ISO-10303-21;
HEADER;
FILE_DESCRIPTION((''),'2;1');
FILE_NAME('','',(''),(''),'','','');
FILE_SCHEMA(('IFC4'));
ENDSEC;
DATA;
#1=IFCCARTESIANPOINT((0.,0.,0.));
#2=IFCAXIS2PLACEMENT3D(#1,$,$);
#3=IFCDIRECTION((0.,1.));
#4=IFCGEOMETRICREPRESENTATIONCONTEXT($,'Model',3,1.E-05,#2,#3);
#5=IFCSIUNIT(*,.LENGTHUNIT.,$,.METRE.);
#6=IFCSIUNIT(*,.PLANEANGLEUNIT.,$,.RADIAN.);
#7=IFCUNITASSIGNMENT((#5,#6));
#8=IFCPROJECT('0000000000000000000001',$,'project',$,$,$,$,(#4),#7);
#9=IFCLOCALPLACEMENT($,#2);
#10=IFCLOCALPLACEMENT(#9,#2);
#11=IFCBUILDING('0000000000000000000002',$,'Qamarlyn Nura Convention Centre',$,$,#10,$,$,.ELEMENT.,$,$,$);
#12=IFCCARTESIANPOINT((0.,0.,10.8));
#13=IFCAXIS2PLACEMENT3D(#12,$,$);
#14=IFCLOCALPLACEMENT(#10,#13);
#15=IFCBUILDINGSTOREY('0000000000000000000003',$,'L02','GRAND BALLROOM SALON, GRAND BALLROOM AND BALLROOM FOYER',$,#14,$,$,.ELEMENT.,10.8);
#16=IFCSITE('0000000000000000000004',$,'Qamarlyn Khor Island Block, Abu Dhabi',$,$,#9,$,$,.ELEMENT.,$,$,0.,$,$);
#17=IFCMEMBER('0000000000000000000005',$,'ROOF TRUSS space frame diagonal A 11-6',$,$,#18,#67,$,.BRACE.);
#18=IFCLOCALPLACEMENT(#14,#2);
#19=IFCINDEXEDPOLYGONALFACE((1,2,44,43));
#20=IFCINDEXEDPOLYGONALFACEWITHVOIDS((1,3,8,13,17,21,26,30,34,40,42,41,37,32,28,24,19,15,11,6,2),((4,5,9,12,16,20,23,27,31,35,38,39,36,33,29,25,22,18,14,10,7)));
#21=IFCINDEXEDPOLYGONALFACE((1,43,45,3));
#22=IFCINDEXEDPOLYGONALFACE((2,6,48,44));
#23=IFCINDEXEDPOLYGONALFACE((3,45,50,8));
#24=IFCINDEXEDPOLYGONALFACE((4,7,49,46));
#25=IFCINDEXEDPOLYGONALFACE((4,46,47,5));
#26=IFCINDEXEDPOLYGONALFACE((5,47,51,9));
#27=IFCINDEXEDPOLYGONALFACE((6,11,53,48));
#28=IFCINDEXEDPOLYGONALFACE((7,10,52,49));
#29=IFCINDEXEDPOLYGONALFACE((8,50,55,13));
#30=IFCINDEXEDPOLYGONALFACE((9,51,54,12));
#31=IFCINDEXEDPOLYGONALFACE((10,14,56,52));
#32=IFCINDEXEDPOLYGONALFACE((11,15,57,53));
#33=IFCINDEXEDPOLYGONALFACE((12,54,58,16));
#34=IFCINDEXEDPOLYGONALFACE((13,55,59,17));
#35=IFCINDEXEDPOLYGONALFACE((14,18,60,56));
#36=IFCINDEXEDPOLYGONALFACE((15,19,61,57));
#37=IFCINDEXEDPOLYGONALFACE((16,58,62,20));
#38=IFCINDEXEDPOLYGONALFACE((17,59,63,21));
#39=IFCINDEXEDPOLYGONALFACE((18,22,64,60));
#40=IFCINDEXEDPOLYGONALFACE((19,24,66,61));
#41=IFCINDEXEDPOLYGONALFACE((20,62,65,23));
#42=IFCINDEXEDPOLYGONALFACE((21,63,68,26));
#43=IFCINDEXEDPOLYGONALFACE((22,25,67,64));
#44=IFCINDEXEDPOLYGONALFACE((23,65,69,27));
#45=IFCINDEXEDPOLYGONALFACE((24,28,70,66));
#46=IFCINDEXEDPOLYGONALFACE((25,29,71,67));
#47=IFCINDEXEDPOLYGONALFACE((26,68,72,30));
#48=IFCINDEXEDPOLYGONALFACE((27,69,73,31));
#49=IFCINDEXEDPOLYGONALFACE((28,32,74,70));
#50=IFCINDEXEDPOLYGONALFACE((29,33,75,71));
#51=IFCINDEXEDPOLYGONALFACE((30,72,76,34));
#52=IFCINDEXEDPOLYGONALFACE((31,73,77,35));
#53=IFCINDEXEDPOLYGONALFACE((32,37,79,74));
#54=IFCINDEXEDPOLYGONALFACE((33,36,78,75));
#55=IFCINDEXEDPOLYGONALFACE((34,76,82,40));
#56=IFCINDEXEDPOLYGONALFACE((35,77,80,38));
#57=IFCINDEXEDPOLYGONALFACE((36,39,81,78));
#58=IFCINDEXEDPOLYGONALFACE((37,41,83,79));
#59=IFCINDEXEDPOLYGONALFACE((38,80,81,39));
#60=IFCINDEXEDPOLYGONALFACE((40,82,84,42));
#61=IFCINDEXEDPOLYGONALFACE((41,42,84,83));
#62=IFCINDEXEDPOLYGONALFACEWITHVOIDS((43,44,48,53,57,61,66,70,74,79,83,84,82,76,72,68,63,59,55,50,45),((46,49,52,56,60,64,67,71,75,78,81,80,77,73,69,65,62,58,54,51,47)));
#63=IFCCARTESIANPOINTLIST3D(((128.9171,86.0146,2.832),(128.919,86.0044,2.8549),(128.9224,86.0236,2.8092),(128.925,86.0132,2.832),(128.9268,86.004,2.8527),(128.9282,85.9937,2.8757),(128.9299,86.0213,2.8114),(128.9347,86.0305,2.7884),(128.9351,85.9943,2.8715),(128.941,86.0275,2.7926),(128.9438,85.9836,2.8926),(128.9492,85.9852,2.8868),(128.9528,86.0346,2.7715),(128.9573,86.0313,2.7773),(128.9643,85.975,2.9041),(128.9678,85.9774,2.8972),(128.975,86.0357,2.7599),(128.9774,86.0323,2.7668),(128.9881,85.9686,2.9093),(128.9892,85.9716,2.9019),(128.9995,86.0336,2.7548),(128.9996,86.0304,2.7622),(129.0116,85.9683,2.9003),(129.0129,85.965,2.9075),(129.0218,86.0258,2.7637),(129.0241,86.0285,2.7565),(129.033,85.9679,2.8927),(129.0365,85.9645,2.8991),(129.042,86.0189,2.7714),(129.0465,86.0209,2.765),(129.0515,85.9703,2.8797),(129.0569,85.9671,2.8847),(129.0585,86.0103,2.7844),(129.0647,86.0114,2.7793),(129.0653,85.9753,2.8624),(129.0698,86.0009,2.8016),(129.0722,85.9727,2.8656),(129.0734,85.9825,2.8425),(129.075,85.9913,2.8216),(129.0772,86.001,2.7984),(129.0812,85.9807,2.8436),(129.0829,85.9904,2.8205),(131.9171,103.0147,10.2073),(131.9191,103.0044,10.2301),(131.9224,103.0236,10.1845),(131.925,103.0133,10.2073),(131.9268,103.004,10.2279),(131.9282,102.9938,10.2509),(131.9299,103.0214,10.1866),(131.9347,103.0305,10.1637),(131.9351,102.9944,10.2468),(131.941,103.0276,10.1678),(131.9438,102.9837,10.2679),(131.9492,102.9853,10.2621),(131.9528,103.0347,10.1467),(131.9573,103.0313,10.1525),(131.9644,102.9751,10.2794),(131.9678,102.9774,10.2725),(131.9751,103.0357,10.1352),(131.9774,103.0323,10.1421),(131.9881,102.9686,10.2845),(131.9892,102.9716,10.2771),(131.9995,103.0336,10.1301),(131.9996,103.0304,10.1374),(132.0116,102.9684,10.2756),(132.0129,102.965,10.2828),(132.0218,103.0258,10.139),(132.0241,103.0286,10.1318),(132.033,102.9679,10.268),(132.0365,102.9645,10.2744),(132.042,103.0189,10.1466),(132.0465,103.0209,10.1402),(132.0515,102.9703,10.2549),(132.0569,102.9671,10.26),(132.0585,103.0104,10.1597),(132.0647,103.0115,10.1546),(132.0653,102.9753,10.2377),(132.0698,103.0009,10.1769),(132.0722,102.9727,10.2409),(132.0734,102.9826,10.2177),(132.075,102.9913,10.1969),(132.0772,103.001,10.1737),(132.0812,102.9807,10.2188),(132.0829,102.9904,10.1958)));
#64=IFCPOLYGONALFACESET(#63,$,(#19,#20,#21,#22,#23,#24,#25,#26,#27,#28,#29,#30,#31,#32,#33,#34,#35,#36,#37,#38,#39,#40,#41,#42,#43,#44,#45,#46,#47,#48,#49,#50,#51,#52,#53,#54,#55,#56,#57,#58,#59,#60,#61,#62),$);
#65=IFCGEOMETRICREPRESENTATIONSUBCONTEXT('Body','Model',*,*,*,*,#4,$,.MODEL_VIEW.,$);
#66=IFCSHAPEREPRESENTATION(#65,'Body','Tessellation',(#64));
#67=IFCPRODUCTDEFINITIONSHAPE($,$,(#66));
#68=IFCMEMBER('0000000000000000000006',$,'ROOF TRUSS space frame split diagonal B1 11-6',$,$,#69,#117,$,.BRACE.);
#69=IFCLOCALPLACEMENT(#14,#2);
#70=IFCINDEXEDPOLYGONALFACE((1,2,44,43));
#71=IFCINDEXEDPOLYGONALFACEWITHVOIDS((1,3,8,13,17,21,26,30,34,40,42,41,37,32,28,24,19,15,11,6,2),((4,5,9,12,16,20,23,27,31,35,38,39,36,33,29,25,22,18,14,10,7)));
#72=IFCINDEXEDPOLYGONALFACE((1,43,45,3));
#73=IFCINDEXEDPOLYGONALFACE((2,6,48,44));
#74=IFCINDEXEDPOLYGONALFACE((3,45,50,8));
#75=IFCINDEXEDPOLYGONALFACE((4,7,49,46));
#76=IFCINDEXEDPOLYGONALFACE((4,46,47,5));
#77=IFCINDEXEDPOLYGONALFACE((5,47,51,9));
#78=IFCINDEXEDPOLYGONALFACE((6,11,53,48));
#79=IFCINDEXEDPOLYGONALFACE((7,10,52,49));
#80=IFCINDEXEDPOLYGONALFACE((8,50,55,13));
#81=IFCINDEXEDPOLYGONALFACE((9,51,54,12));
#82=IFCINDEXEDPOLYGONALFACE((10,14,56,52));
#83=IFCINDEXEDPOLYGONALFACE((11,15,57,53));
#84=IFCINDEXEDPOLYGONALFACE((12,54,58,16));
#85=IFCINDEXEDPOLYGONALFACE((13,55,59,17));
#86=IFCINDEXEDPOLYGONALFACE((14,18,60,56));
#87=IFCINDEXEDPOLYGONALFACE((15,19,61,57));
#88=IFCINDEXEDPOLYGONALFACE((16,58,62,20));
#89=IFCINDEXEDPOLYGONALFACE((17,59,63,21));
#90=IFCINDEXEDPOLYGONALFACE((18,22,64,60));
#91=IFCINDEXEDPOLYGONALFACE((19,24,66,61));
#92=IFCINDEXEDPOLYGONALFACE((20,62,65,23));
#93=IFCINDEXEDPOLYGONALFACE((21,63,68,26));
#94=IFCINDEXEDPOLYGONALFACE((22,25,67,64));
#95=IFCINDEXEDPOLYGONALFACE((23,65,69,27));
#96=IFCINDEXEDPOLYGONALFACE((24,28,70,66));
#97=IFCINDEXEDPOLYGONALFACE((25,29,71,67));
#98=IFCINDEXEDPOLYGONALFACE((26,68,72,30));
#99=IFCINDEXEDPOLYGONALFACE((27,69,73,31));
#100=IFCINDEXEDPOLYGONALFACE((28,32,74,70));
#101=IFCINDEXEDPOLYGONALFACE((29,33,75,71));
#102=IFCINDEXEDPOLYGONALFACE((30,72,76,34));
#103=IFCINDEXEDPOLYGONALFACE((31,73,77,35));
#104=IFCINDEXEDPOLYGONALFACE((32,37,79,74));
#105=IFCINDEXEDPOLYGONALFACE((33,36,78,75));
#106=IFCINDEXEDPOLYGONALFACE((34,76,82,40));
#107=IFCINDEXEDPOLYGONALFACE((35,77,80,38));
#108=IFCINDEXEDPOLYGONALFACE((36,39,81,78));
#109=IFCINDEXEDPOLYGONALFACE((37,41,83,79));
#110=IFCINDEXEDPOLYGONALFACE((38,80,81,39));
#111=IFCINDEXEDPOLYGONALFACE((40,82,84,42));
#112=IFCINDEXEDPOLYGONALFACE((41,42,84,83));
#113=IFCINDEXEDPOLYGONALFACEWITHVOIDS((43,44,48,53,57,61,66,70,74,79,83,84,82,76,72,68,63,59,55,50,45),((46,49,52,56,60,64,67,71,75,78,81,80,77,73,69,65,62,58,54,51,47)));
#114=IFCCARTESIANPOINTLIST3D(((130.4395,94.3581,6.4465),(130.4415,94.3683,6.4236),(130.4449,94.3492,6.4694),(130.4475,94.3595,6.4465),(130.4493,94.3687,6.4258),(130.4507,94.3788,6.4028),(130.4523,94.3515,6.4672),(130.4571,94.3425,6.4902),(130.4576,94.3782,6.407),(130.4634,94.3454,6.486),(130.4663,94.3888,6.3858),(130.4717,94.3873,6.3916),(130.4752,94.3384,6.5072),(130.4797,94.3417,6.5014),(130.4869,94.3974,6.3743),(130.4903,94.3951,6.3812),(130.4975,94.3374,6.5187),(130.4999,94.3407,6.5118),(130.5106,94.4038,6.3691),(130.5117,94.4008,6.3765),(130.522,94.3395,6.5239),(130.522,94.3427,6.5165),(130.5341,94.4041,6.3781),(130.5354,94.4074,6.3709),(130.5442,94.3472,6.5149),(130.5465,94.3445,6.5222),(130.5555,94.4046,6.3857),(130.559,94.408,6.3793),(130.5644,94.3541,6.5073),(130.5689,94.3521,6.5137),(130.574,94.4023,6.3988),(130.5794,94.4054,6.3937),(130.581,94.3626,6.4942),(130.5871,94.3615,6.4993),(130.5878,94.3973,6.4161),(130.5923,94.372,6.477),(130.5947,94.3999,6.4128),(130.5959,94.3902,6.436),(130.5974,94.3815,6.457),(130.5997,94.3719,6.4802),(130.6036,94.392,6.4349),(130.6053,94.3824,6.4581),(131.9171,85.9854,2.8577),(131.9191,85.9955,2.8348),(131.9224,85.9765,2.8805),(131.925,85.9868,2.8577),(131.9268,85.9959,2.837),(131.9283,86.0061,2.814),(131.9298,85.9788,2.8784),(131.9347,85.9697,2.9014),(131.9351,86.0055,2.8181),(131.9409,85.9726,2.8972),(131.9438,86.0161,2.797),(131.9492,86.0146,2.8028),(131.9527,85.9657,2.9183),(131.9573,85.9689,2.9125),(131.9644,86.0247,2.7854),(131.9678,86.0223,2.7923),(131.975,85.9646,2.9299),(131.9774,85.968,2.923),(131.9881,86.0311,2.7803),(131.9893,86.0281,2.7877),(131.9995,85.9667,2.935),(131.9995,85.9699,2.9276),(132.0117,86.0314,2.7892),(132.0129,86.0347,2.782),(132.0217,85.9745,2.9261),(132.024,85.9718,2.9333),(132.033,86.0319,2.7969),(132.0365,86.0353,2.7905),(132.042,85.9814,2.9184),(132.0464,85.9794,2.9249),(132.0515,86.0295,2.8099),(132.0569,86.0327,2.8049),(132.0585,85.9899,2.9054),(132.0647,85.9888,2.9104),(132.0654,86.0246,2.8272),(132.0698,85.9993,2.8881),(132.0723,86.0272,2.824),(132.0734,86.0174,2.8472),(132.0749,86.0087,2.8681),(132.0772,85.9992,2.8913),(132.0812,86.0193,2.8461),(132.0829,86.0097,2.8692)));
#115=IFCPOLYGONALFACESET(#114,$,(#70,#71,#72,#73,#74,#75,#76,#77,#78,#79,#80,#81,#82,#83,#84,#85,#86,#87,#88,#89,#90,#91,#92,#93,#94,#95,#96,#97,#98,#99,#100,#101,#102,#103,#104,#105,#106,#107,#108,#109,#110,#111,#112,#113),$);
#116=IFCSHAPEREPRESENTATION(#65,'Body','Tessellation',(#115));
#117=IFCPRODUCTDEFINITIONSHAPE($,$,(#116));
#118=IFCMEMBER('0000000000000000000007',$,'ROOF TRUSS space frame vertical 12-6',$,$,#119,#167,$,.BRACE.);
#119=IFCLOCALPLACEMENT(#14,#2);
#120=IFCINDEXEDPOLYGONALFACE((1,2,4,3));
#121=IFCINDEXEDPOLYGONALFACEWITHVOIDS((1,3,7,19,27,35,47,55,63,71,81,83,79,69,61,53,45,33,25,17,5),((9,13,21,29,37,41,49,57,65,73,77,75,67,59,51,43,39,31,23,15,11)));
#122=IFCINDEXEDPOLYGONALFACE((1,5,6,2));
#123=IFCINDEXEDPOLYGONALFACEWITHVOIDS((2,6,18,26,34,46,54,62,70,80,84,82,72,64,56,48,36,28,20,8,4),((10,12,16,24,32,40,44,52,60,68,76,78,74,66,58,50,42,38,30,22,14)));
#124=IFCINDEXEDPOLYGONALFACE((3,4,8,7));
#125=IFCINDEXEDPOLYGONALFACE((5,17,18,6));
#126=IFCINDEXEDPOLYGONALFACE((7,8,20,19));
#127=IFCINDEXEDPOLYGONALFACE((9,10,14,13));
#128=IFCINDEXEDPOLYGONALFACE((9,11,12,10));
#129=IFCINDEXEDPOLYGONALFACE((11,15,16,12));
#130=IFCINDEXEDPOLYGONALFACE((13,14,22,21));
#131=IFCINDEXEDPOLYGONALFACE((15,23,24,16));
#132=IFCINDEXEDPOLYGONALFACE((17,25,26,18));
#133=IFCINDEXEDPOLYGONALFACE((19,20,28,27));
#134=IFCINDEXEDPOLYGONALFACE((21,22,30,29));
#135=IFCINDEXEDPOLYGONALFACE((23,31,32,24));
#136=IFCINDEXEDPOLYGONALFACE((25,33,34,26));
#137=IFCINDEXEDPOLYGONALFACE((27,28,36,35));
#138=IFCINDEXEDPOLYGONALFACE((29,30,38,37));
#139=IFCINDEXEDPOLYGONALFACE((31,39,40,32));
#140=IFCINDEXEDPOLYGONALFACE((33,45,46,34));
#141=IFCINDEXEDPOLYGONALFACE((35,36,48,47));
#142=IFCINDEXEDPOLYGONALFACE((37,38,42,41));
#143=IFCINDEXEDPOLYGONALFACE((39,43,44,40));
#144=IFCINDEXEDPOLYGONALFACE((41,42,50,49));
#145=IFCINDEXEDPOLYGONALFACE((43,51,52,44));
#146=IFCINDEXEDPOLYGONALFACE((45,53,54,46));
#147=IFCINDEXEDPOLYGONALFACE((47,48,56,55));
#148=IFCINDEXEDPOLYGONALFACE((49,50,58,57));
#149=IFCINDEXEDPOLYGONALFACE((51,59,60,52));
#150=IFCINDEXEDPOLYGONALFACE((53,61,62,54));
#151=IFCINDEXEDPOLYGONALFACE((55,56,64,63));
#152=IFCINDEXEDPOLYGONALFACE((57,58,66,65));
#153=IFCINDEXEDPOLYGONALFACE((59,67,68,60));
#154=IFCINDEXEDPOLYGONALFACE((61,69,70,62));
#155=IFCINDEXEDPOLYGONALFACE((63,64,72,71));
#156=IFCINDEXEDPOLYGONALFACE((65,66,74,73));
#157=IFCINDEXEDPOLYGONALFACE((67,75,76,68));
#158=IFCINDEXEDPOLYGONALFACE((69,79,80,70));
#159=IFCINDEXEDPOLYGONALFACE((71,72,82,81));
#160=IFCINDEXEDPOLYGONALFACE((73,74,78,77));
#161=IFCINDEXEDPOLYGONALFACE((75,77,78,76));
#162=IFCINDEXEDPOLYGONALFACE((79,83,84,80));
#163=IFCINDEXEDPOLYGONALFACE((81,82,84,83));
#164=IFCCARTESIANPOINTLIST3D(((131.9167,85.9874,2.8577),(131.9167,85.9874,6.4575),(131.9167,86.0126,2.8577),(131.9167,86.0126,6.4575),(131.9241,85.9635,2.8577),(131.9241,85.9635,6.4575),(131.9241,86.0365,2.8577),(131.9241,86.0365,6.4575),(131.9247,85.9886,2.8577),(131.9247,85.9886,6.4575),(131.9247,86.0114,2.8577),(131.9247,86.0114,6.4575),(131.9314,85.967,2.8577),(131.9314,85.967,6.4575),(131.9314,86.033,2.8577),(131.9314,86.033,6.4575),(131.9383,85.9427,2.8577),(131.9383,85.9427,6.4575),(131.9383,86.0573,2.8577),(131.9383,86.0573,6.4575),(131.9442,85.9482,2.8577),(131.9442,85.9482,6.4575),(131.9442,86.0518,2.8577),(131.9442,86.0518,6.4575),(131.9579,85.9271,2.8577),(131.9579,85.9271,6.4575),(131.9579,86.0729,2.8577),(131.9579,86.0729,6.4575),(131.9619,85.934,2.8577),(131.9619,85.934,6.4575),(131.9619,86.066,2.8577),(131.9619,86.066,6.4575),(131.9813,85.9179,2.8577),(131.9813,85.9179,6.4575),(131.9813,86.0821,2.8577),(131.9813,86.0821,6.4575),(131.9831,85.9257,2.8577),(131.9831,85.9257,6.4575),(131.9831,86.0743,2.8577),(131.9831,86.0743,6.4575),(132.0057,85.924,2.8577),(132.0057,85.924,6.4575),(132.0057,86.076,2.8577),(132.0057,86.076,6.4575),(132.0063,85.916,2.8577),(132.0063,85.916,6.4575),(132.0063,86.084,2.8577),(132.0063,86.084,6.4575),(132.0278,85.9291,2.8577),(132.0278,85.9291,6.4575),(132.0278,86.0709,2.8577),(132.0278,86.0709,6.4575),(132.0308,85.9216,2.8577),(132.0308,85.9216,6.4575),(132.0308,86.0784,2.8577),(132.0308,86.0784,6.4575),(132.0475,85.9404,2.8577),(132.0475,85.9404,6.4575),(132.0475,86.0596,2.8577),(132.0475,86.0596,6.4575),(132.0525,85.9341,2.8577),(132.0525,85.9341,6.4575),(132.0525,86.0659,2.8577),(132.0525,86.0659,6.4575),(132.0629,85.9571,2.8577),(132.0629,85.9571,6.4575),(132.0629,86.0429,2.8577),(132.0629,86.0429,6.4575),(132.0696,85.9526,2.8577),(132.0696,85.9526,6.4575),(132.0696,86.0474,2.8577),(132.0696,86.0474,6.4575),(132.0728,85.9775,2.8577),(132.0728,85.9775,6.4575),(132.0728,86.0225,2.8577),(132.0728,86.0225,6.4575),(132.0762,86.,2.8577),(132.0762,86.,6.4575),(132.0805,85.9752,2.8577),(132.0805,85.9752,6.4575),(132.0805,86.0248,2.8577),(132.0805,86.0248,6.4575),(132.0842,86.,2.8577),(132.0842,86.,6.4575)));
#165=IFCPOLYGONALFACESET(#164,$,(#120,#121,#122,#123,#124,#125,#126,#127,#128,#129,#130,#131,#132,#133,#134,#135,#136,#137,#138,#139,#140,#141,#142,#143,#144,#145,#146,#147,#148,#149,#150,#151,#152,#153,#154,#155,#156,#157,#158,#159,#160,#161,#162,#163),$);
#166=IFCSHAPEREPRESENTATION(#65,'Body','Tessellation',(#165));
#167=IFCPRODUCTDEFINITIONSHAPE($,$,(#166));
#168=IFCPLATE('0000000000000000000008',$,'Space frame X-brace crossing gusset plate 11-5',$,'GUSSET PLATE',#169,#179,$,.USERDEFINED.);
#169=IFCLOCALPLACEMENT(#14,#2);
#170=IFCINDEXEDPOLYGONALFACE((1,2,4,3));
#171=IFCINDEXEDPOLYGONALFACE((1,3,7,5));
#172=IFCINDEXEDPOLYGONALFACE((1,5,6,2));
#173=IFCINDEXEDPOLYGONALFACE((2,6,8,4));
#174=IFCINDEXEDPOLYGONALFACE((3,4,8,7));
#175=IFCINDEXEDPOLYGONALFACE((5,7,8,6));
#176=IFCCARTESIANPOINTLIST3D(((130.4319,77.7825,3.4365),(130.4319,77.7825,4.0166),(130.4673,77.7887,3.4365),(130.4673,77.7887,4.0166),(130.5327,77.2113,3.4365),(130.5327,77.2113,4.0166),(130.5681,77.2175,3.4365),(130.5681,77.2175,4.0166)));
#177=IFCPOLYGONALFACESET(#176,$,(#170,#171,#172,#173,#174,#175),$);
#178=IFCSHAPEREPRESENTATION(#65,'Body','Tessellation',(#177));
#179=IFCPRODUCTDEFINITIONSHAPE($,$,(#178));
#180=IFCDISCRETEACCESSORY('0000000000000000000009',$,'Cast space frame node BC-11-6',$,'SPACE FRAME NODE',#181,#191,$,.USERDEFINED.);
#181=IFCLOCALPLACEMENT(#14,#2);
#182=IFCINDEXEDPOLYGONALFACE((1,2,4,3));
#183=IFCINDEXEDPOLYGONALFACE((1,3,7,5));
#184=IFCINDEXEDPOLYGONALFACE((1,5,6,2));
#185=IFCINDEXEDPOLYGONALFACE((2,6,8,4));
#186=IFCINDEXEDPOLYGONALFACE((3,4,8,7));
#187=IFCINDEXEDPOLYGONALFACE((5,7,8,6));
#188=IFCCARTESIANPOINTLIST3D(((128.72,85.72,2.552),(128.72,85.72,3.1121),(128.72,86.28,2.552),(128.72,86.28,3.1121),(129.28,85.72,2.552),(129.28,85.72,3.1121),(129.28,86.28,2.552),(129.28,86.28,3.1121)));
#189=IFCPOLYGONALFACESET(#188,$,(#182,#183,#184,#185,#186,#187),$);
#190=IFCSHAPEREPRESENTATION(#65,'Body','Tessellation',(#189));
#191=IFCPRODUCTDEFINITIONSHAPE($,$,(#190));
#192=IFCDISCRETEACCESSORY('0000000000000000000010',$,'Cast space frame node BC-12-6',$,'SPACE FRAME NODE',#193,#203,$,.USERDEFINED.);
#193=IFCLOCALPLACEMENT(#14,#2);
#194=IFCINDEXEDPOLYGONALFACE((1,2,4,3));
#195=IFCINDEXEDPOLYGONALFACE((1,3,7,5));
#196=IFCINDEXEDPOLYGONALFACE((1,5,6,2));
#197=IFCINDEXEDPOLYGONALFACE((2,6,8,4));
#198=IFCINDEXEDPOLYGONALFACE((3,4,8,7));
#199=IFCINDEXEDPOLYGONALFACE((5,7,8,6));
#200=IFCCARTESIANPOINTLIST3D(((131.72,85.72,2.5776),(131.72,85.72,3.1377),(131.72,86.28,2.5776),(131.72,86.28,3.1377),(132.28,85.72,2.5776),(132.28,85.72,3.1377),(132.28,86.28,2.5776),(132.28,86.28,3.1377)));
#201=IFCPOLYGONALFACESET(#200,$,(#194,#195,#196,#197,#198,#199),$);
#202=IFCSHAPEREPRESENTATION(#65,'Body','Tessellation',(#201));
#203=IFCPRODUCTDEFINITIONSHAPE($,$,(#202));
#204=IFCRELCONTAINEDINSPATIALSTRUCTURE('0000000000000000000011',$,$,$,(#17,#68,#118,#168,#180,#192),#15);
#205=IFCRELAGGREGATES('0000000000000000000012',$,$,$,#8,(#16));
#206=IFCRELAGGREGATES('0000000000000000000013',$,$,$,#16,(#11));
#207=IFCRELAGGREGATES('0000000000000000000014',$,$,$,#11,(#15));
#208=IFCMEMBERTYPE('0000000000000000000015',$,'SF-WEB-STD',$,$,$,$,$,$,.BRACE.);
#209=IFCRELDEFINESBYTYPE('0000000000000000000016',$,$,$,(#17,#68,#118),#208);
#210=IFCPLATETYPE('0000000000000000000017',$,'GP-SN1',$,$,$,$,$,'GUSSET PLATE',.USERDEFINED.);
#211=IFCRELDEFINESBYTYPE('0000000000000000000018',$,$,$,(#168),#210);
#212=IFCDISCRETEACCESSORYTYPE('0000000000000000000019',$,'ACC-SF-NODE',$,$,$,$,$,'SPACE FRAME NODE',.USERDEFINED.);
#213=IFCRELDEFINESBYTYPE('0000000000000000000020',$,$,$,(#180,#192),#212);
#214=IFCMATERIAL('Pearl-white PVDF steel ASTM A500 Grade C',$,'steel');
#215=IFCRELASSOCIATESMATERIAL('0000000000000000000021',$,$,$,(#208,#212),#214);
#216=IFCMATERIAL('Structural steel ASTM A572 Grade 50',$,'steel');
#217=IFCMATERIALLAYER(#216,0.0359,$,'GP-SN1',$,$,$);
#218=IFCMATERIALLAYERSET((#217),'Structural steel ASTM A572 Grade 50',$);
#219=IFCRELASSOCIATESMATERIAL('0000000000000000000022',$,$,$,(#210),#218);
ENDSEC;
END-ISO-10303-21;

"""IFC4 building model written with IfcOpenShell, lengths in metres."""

from ifc_helpers import new_model, si_unit, direction, frame, origin, origin_2d, place, context, subcontext, project, spatial, rectangle, hollow_circle, extrude, material, layer, layer_set, material_profile, profile_set, type_object, element, save


model = new_model("IFC4")

# Units and contexts
model_context = context("Model", 3, precision=1e-05, world=origin(), true_north=direction((0.0, 1.0)))
body_context = subcontext(model_context, "Body", "Model", "MODEL_VIEW")
ifc_project = project(units=[si_unit("LENGTHUNIT", "METRE"), si_unit("PLANEANGLEUNIT", "RADIAN")], contexts=[model_context])

# Site, building, storey
site_placement = place(None, origin())
site = spatial("IfcSite", under=ifc_project, at=site_placement, Name="Qamarlyn Khor Island Block, Abu Dhabi", CompositionType="ELEMENT", RefElevation=0.0)
building_placement = place(site_placement, origin())
building = spatial("IfcBuilding", under=site, at=building_placement, Name="Qamarlyn Nura Convention Centre", CompositionType="ELEMENT")
storey_placement = place(building_placement, frame((0.0, 0.0, 10.8)))
storey = spatial("IfcBuildingStorey", under=building, at=storey_placement, Name="L02", Description="GRAND BALLROOM SALON, GRAND BALLROOM AND BALLROOM FOYER", CompositionType="ELEMENT", Elevation=10.8)

# Members
ifc_material_1 = material(Name="Pearl-white PVDF steel ASTM A500 Grade C", Category="steel")
ifc_material_profile_1 = material_profile(ifc_material_1, hollow_circle(Radius=0.0842, WallThickness=0.0081, at=origin_2d()), Name="CHS168.3X8")
ifc_profile_set_1 = profile_set([ifc_material_profile_1], Name="Pearl-white PVDF steel ASTM A500 Grade C")
member_type_1 = type_object("IfcMemberType", Name="SF-WEB-STD", PredefinedType="BRACE", material=ifc_profile_set_1)
member_1_placement = place(storey_placement, frame((129.0, 86.0, 2.832), z_axis=(0.159811, 0.905596, 0.392882), x_axis=(-0.984784, 0.173785, 0.0)))
element("IfcMember", 1, at=member_1_placement, inside=storey, type_object=member_type_1, Name="ROOF TRUSS space frame diagonal A 11-6", PredefinedType="BRACE", context=body_context, shape_type="SweptSolid", body=[
    extrude(hollow_circle(Radius=0.0842, WallThickness=0.0081, at=origin_2d()), origin(), (0.0, 0.0, 1.0), 18.7722),
])
member_2_placement = place(storey_placement, frame((132.0, 86.0, 2.8577), z_axis=(-0.160104, 0.907268, 0.388886), x_axis=(-0.984784, -0.173784, 0.0)))
element("IfcMember", 2, at=member_2_placement, inside=storey, type_object=member_type_1, Name="ROOF TRUSS space frame split diagonal B1 11-6", PredefinedType="BRACE", context=body_context, shape_type="SweptSolid", body=[
    extrude(hollow_circle(Radius=0.0842, WallThickness=0.0081, at=origin_2d()), origin(), (0.0, 0.0, 1.0), 9.2285),
])
member_3_placement = place(storey_placement, frame((132.0, 86.0, 2.8577), z_axis=(0.0, 0.0, 1.0), x_axis=(1.0, 0.0, 0.0)))
element("IfcMember", 3, at=member_3_placement, inside=storey, type_object=member_type_1, Name="ROOF TRUSS space frame vertical 12-6", PredefinedType="BRACE", context=body_context, shape_type="SweptSolid", body=[
    extrude(hollow_circle(Radius=0.0842, WallThickness=0.0081, at=origin_2d()), origin(), (0.0, 0.0, 1.0), 3.5999),
])

# Plate
ifc_material_2 = material(Name="Structural steel ASTM A572 Grade 50", Category="steel")
ifc_layer_1 = layer(ifc_material_2, 0.0359, Name="GP-SN1")
ifc_layer_set_1 = layer_set([ifc_layer_1], Name="Structural steel ASTM A572 Grade 50")
plate_type = type_object("IfcPlateType", Name="GP-SN1", ElementType="GUSSET PLATE", PredefinedType="USERDEFINED", material=ifc_layer_set_1)
plate_placement = place(storey_placement, frame((130.5, 77.5, 3.4365), z_axis=(0.0, 0.0, 1.0), x_axis=(-0.173786, 0.984783, 0.0)))
element("IfcPlate", 4, at=plate_placement, inside=storey, type_object=plate_type, Name="Space frame X-brace crossing gusset plate 11-5", ObjectType="GUSSET PLATE", PredefinedType="USERDEFINED", context=body_context, shape_type="SweptSolid", body=[
    extrude(rectangle(XDim=0.5801, YDim=0.0359, at=origin_2d()), origin(), (0.0, 0.0, 1.0), 0.5801),
])

# Discrete accessories
discrete_accessory_type = type_object("IfcDiscreteAccessoryType", Name="ACC-SF-NODE", ElementType="SPACE FRAME NODE", PredefinedType="USERDEFINED", material=ifc_material_1)
for number, where, z_axis, x_axis, name in (
    (5, (129.0, 86.0, 2.552), (0.0, 0.0, 1.0), (1.0, 0.0, 0.0), "Cast space frame node BC-11-6"),
    (6, (132.0, 86.0, 2.5776), (0.0, 0.0, 1.0), (1.0, 0.0, 0.0), "Cast space frame node BC-12-6"),
):
    element("IfcDiscreteAccessory", number, at=place(storey_placement, frame(where, z_axis=z_axis, x_axis=x_axis)), inside=storey, type_object=discrete_accessory_type, Name=name, ObjectType="SPACE FRAME NODE", PredefinedType="USERDEFINED", context=body_context, shape_type="SweptSolid", body=[
        extrude(rectangle(XDim=0.5601, YDim=0.5601, at=origin_2d()), origin(), (0.0, 0.0, 1.0), 0.5601),
    ])

save(model, "model.ifc")
